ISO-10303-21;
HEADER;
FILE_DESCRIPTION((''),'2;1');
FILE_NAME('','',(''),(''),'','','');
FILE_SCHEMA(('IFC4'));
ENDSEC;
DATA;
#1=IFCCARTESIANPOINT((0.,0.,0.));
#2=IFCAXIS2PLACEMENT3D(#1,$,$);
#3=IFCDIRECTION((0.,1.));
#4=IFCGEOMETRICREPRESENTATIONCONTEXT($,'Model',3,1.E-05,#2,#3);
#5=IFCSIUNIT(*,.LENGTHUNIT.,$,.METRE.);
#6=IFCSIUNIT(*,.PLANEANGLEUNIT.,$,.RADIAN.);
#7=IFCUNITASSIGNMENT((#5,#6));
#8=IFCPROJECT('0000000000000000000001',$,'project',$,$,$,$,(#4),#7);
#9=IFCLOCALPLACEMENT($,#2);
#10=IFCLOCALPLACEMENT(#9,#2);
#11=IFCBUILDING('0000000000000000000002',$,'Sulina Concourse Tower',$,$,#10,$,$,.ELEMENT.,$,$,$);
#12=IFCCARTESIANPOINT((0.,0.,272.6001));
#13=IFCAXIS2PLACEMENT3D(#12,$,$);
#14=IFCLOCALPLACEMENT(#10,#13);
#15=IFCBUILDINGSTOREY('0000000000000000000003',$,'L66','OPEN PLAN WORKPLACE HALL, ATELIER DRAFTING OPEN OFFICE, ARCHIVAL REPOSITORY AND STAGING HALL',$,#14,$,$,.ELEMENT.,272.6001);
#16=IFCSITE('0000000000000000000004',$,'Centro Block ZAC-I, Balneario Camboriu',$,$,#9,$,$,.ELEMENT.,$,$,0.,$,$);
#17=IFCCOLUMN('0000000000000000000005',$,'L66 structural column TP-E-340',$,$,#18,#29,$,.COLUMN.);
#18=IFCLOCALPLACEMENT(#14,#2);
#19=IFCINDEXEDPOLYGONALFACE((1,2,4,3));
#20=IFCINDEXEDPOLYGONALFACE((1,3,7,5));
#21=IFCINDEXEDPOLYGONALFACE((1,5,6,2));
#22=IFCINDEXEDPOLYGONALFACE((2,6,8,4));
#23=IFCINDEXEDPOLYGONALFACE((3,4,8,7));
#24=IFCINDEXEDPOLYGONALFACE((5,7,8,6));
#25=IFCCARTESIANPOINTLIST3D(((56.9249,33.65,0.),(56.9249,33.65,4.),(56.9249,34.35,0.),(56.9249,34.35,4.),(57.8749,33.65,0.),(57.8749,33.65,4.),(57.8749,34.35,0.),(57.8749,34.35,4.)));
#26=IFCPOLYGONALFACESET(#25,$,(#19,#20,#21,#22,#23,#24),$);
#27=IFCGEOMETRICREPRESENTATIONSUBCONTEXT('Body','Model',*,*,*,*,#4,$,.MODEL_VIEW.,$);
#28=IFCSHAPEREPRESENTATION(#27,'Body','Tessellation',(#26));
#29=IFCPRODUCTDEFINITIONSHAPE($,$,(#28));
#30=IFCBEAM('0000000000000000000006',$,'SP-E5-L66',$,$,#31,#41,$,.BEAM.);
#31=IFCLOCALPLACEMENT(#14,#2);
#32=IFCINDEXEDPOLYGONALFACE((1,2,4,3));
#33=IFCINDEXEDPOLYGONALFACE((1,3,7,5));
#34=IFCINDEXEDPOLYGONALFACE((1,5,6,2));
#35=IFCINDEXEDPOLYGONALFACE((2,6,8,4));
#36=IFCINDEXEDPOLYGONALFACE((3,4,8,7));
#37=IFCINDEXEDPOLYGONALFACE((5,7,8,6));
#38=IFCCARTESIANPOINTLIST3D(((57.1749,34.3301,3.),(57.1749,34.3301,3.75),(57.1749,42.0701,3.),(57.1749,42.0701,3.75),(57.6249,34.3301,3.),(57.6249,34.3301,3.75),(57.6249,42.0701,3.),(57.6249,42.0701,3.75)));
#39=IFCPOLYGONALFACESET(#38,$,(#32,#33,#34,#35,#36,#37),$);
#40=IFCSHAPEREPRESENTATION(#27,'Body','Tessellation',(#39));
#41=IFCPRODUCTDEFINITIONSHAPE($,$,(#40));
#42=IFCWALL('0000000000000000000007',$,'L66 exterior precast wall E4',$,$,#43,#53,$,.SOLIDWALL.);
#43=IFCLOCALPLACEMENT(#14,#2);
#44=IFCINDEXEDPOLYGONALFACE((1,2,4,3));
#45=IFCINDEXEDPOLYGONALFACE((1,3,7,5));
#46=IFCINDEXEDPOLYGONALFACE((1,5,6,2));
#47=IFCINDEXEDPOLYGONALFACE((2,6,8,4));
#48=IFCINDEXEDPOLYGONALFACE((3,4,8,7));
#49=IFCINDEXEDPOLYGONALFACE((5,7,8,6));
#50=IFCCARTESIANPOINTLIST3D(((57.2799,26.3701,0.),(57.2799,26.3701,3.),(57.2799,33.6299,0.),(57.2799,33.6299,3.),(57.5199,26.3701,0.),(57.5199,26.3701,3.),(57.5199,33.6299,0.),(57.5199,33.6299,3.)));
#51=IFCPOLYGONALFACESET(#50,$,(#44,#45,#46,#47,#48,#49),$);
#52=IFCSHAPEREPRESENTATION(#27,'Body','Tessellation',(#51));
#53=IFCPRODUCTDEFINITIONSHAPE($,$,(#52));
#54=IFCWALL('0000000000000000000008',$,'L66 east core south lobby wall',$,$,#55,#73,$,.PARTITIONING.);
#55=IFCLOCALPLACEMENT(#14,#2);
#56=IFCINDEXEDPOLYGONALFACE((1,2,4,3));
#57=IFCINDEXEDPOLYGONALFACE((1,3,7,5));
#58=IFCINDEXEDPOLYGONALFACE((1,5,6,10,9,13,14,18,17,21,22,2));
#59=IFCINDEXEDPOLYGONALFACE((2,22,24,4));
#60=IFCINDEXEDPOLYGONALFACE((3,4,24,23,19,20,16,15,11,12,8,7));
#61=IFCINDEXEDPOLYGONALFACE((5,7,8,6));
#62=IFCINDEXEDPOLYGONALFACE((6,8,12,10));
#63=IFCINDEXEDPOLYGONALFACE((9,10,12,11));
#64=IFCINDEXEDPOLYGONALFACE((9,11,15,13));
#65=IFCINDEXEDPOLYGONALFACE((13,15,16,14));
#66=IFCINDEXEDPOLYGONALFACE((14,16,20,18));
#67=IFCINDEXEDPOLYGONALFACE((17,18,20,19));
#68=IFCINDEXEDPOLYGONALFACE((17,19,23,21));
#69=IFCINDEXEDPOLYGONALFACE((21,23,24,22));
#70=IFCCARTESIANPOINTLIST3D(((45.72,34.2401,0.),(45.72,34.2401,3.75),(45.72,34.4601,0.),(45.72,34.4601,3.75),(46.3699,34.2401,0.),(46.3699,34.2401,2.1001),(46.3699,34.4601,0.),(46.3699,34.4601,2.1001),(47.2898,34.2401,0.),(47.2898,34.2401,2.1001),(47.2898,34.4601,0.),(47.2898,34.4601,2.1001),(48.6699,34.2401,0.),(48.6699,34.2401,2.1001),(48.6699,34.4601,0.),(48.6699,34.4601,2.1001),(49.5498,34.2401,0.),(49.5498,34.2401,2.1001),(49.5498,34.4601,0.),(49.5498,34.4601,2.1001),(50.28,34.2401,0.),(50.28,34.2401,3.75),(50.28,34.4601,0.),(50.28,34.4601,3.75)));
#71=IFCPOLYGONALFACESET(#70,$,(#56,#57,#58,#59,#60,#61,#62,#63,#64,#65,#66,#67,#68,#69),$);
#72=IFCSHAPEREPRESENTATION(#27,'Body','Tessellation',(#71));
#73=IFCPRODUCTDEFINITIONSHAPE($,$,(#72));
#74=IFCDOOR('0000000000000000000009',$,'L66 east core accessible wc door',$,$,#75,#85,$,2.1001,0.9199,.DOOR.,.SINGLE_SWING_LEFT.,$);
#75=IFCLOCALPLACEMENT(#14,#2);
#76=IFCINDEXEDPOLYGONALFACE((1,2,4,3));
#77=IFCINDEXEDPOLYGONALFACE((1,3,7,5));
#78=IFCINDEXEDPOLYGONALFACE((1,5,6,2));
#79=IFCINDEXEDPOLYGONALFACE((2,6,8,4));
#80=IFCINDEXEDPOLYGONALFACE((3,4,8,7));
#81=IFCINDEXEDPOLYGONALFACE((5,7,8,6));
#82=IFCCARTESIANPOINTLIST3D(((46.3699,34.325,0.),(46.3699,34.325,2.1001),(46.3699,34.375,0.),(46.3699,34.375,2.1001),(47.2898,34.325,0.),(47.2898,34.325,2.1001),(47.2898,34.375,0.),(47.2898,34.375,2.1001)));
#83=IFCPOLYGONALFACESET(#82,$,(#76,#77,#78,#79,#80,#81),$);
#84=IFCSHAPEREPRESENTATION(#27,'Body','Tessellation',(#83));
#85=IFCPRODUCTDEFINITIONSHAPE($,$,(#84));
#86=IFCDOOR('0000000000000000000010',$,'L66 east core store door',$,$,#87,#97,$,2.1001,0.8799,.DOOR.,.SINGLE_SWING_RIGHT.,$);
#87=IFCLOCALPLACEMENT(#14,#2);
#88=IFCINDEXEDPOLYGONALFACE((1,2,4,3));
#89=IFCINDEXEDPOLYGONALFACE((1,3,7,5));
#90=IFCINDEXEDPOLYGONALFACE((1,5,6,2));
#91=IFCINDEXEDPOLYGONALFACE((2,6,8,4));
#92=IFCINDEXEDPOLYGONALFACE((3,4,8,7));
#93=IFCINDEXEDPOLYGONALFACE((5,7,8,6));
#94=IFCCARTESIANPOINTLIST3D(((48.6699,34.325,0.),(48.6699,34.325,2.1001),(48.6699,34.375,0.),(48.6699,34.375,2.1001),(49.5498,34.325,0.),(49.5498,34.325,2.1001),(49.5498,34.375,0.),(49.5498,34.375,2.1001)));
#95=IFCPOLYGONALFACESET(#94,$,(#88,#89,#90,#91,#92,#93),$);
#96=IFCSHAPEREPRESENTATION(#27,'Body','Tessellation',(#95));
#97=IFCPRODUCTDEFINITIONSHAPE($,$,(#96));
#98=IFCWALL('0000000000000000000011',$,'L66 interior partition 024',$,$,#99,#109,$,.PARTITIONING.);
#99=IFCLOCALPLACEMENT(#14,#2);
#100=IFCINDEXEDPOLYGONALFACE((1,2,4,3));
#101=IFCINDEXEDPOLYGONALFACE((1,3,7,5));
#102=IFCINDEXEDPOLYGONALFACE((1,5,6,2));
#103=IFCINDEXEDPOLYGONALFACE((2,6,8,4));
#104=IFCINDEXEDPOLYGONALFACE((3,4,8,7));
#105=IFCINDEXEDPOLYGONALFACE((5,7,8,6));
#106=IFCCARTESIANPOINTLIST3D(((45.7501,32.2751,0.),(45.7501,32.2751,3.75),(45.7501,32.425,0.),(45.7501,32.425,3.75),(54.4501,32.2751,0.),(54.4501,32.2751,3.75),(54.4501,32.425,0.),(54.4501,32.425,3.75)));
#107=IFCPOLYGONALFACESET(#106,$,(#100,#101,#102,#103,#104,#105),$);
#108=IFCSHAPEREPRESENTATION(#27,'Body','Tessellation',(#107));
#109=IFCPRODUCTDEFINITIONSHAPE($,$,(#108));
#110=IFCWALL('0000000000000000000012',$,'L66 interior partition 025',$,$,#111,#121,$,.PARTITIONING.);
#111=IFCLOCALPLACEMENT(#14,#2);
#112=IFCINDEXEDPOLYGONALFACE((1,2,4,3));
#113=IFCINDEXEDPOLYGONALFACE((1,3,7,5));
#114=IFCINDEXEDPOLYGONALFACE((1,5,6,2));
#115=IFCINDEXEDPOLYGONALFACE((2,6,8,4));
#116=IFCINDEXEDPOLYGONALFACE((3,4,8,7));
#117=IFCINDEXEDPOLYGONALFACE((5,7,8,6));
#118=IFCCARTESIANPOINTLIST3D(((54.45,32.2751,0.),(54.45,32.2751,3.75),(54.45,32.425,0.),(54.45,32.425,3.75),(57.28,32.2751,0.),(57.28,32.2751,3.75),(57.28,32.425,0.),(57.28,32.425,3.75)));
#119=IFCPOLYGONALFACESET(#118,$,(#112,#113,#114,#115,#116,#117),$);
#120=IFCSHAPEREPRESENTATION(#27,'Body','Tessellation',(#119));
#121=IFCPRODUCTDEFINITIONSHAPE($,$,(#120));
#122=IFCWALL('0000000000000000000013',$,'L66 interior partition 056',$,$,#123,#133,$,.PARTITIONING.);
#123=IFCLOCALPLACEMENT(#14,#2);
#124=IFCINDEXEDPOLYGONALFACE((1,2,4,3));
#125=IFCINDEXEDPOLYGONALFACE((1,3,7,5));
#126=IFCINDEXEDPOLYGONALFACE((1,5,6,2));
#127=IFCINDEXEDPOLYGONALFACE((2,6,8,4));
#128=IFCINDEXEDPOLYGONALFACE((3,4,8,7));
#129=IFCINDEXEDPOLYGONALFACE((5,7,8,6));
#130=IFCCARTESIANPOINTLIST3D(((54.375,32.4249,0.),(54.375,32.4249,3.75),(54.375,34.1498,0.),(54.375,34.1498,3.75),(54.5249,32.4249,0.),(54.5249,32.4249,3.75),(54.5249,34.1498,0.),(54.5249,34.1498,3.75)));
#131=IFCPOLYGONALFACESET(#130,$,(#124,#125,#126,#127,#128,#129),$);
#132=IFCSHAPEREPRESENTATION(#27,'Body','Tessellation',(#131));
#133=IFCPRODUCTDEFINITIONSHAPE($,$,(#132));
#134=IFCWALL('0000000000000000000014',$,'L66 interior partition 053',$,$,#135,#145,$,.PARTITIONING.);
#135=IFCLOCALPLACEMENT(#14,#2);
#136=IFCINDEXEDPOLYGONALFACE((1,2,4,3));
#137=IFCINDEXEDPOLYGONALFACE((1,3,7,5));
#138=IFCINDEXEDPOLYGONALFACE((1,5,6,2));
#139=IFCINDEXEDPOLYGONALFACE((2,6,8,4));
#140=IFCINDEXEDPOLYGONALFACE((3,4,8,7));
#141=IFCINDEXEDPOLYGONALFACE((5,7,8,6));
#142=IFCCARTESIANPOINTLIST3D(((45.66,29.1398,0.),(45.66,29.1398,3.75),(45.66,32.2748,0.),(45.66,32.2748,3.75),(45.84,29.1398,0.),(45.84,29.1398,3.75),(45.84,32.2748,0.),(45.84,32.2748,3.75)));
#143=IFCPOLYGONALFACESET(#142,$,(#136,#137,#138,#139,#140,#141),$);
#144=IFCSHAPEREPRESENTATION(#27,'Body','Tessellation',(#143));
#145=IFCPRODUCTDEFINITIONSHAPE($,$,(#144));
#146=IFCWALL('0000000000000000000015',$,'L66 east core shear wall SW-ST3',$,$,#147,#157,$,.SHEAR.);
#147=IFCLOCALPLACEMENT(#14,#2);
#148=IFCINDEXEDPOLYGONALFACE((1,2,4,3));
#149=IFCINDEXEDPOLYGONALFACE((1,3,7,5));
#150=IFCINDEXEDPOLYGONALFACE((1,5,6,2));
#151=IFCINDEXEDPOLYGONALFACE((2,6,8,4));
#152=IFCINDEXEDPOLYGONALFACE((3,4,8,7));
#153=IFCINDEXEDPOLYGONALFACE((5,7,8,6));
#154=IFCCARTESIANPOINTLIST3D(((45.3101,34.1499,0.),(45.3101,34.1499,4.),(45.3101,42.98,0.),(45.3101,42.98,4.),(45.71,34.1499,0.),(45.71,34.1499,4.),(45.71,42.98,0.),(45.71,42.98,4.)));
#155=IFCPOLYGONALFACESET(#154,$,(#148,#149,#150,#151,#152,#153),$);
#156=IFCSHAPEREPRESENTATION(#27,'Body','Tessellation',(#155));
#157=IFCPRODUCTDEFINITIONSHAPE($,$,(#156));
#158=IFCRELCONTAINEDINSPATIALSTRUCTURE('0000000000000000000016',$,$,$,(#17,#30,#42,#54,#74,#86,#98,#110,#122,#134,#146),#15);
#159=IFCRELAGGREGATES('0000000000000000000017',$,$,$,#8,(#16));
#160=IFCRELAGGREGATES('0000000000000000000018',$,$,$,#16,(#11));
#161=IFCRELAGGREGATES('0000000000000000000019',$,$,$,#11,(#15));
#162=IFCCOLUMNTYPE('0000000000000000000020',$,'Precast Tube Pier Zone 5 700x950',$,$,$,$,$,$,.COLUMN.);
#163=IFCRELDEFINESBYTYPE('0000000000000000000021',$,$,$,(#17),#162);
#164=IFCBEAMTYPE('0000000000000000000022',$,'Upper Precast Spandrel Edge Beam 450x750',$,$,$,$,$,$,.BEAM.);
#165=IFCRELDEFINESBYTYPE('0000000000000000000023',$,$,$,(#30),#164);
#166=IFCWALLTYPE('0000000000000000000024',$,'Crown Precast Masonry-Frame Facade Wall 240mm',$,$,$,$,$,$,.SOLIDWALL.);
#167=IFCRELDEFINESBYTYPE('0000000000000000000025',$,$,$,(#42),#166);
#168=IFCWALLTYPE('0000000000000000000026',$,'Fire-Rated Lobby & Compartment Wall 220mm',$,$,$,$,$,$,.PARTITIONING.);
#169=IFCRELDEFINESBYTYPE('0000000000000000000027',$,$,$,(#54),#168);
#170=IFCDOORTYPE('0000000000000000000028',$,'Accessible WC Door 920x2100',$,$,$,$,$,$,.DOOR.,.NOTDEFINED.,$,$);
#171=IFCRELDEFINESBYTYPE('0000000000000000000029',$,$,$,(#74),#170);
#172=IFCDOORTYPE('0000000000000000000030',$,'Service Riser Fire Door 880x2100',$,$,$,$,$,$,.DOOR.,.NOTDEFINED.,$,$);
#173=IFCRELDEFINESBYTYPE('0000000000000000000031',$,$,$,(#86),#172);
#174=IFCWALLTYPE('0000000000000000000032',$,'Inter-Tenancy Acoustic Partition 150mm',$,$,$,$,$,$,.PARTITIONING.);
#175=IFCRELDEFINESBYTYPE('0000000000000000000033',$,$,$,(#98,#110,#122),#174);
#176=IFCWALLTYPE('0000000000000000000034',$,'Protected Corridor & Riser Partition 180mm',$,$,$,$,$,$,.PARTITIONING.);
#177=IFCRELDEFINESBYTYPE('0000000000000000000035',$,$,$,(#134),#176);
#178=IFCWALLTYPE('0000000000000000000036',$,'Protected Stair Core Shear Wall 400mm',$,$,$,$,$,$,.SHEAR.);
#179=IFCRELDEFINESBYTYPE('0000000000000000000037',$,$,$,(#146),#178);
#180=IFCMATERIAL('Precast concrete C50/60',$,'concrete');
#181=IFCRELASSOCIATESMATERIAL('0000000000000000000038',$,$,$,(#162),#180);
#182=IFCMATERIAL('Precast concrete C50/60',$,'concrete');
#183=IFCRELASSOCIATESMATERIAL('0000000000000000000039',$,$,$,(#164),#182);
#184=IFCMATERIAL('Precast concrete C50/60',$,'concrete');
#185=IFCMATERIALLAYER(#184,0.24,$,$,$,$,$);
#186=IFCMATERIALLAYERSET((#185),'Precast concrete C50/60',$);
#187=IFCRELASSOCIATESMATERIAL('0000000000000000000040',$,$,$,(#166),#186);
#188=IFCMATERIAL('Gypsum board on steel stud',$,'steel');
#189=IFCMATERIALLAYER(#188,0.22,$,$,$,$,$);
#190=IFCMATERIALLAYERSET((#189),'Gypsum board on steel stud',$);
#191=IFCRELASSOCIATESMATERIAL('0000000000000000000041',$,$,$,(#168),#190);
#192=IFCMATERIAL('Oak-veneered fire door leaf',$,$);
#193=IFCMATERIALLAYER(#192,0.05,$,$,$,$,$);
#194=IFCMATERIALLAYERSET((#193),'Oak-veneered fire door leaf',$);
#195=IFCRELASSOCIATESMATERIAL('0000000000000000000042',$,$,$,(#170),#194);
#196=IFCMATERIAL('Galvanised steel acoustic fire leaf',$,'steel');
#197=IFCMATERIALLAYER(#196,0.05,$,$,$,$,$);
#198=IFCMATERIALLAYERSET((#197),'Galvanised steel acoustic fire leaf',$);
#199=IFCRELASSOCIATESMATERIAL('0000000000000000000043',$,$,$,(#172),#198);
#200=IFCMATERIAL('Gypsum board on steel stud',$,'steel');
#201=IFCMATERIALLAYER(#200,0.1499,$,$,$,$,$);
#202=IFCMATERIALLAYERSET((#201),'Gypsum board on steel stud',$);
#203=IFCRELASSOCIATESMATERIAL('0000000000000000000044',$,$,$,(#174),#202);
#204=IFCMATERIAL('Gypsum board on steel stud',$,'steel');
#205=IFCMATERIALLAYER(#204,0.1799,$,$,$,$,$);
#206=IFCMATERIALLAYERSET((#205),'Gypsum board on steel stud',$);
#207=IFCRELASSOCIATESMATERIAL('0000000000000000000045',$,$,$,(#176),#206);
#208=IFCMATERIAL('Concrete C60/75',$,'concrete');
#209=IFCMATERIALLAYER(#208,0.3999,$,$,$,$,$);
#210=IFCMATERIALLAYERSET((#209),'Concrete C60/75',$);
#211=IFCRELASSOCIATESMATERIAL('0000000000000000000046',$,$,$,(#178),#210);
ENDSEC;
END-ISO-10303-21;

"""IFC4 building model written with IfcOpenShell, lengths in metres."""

from ifc_helpers import new_model, si_unit, direction, frame, frame_2d, origin, origin_2d, place, context, subcontext, project, spatial, rectangle, extrude, material, layer, layer_set, material_profile, profile_set, type_object, element, fill, save


model = new_model("IFC4")

# Units and contexts
model_context = context("Model", 3, precision=1e-05, world=origin(), true_north=direction((0.0, 1.0)))
body_context = subcontext(model_context, "Body", "Model", "MODEL_VIEW")
ifc_project = project(units=[si_unit("LENGTHUNIT", "METRE"), si_unit("PLANEANGLEUNIT", "RADIAN")], contexts=[model_context])

# Site, building, storey
site_placement = place(None, origin())
site = spatial("IfcSite", under=ifc_project, at=site_placement, Name="Centro Block ZAC-I, Balneario Camboriu", CompositionType="ELEMENT", RefElevation=0.0)
building_placement = place(site_placement, origin())
building = spatial("IfcBuilding", under=site, at=building_placement, Name="Sulina Concourse Tower", CompositionType="ELEMENT")
storey_placement = place(building_placement, frame((0.0, 0.0, 272.6001)))
storey = spatial("IfcBuildingStorey", under=building, at=storey_placement, Name="L66", Description="OPEN PLAN WORKPLACE HALL, ATELIER DRAFTING OPEN OFFICE, ARCHIVAL REPOSITORY AND STAGING HALL", CompositionType="ELEMENT", Elevation=272.6001)

# Column
ifc_material_1 = material(Name="Precast concrete C50/60", Category="concrete")
ifc_material_profile_1 = material_profile(ifc_material_1, rectangle(XDim=0.7, YDim=0.95, at=origin_2d()), Name="PC 700x950")
ifc_profile_set_1 = profile_set([ifc_material_profile_1], Name="Precast concrete C50/60")
column_type = type_object("IfcColumnType", Name="Precast Tube Pier Zone 5 700x950", PredefinedType="COLUMN", material=ifc_profile_set_1)
column_placement = place(storey_placement, frame((57.3999, 34.0, 0.0), z_axis=(0.0, 0.0, 1.0), x_axis=(0.0, 1.0, 0.0)))
element("IfcColumn", 1, at=column_placement, inside=storey, type_object=column_type, Name="L66 structural column TP-E-340", PredefinedType="COLUMN", context=body_context, shape_type="SweptSolid", body=[
    extrude(rectangle(XDim=0.7, YDim=0.95, at=origin_2d()), origin(), (0.0, 0.0, 1.0), 4.0),
])

# Beam
ifc_material_2 = material(Name="Precast concrete C50/60", Category="concrete")
ifc_material_profile_2 = material_profile(ifc_material_2, rectangle(XDim=0.45, YDim=0.75, at=origin_2d()), Name="RC 450x750")
ifc_profile_set_2 = profile_set([ifc_material_profile_2], Name="Precast concrete C50/60")
beam_type = type_object("IfcBeamType", Name="Upper Precast Spandrel Edge Beam 450x750", PredefinedType="BEAM", material=ifc_profile_set_2)
beam_placement = place(storey_placement, frame((57.3999, 34.3301, 3.375), z_axis=(0.0, 1.0, 0.0), x_axis=(-1.0, 0.0, 0.0)))
element("IfcBeam", 2, at=beam_placement, inside=storey, type_object=beam_type, Name="SP-E5-L66", PredefinedType="BEAM", context=body_context, shape_type="SweptSolid", body=[
    extrude(rectangle(XDim=0.45, YDim=0.75, at=origin_2d()), origin(), (0.0, 0.0, 1.0), 7.74),
])

# Wall
ifc_material_3 = material(Name="Precast concrete C50/60", Category="concrete")
ifc_layer_1 = layer(ifc_material_3, 0.24)
ifc_layer_set_1 = layer_set([ifc_layer_1], Name="Precast concrete C50/60")
wall_type_1 = type_object("IfcWallType", Name="Crown Precast Masonry-Frame Facade Wall 240mm", PredefinedType="SOLIDWALL", material=ifc_layer_set_1)
wall_1_placement = place(storey_placement, frame((57.3999, 33.6299, 0.0), z_axis=(0.0, 0.0, 1.0), x_axis=(0.0, -1.0, 0.0)))
element("IfcWall", 3, at=wall_1_placement, inside=storey, type_object=wall_type_1, Name="L66 exterior precast wall E4", PredefinedType="SOLIDWALL", context=body_context, shape_type="SweptSolid", body=[
    extrude(rectangle(XDim=7.2598, YDim=0.24, at=frame_2d((3.6299, 0.0))), origin(), (0.0, 0.0, 1.0), 3.0),
])

# Wall, openings, doors
ifc_material_4 = material(Name="Gypsum board on steel stud", Category="steel")
ifc_layer_2 = layer(ifc_material_4, 0.22)
ifc_layer_set_2 = layer_set([ifc_layer_2], Name="Gypsum board on steel stud")
wall_type_2 = type_object("IfcWallType", Name="Fire-Rated Lobby & Compartment Wall 220mm", PredefinedType="PARTITIONING", material=ifc_layer_set_2)
wall_2_placement = place(storey_placement, frame((45.72, 34.3501, 0.0), z_axis=(0.0, 0.0, 1.0), x_axis=(1.0, 0.0, 0.0)))
wall_2 = element("IfcWall", 4, at=wall_2_placement, inside=storey, type_object=wall_type_2, Name="L66 east core south lobby wall", PredefinedType="PARTITIONING", context=body_context, shape_type="SweptSolid", body=[
    extrude(rectangle(XDim=4.5601, YDim=0.22, at=frame_2d((2.28, 0.0))), origin(), (0.0, 0.0, 1.0), 3.75),
])
opening_1_placement = place(wall_2_placement, frame((0.6499, 0.0, 0.0)))
opening_1 = element("IfcOpeningElement", 5, at=opening_1_placement, cuts=wall_2, PredefinedType="OPENING", context=body_context, shape_type="SweptSolid", body=[
    extrude(rectangle(XDim=0.9199, YDim=2.1001, at=frame_2d((0.46, 1.05))), frame((0.0, 0.1199, 0.0), z_axis=(0.0, -1.0, 0.0), x_axis=(1.0, 0.0, 0.0)), (0.0, 0.0, 1.0), 0.24),
])
opening_2_placement = place(wall_2_placement, frame((2.95, 0.0, 0.0)))
opening_2 = element("IfcOpeningElement", 6, at=opening_2_placement, cuts=wall_2, PredefinedType="OPENING", context=body_context, shape_type="SweptSolid", body=[
    extrude(rectangle(XDim=0.8799, YDim=2.1001, at=frame_2d((0.4399, 1.05))), frame((0.0, 0.1199, 0.0), z_axis=(0.0, -1.0, 0.0), x_axis=(1.0, 0.0, 0.0)), (0.0, 0.0, 1.0), 0.24),
])
ifc_material_5 = material(Name="Oak-veneered fire door leaf")
ifc_layer_3 = layer(ifc_material_5, 0.05)
ifc_layer_set_3 = layer_set([ifc_layer_3], Name="Oak-veneered fire door leaf")
door_type_1 = type_object("IfcDoorType", Name="Accessible WC Door 920x2100", OperationType="NOTDEFINED", PredefinedType="DOOR", material=ifc_layer_set_3)
door_1_placement = place(opening_1_placement, origin())
door_1 = element("IfcDoor", 7, at=door_1_placement, inside=storey, type_object=door_type_1, Name="L66 east core accessible wc door", OperationType="SINGLE_SWING_LEFT", OverallHeight=2.1001, OverallWidth=0.9199, PredefinedType="DOOR", context=body_context, shape_type="SweptSolid", body=[
    extrude(rectangle(XDim=0.9199, YDim=2.1001, at=frame_2d((0.46, 1.05))), frame((0.0, 0.0249, 0.0), z_axis=(0.0, -1.0, 0.0), x_axis=(1.0, 0.0, 0.0)), (0.0, 0.0, 1.0), 0.05),
])
fill(opening_1, door_1)
ifc_material_6 = material(Name="Galvanised steel acoustic fire leaf", Category="steel")
ifc_layer_4 = layer(ifc_material_6, 0.05)
ifc_layer_set_4 = layer_set([ifc_layer_4], Name="Galvanised steel acoustic fire leaf")
door_type_2 = type_object("IfcDoorType", Name="Service Riser Fire Door 880x2100", OperationType="NOTDEFINED", PredefinedType="DOOR", material=ifc_layer_set_4)
door_2_placement = place(opening_2_placement, origin())
door_2 = element("IfcDoor", 8, at=door_2_placement, inside=storey, type_object=door_type_2, Name="L66 east core store door", OperationType="SINGLE_SWING_RIGHT", OverallHeight=2.1001, OverallWidth=0.8799, PredefinedType="DOOR", context=body_context, shape_type="SweptSolid", body=[
    extrude(rectangle(XDim=0.8799, YDim=2.1001, at=frame_2d((0.4399, 1.05))), frame((0.0, 0.0249, 0.0), z_axis=(0.0, -1.0, 0.0), x_axis=(1.0, 0.0, 0.0)), (0.0, 0.0, 1.0), 0.05),
])
fill(opening_2, door_2)

# Walls
ifc_material_7 = material(Name="Gypsum board on steel stud", Category="steel")
ifc_layer_5 = layer(ifc_material_7, 0.1499)
ifc_layer_set_5 = layer_set([ifc_layer_5], Name="Gypsum board on steel stud")
wall_type_3 = type_object("IfcWallType", Name="Inter-Tenancy Acoustic Partition 150mm", PredefinedType="PARTITIONING", material=ifc_layer_set_5)
wall_3_placement = place(storey_placement, frame((45.75, 32.3501, 0.0), z_axis=(0.0, 0.0, 1.0), x_axis=(1.0, 0.0, 0.0)))
element("IfcWall", 9, at=wall_3_placement, inside=storey, type_object=wall_type_3, Name="L66 interior partition 024", PredefinedType="PARTITIONING", context=body_context, shape_type="SweptSolid", body=[
    extrude(rectangle(XDim=8.7, YDim=0.1499, at=frame_2d((4.3501, 0.0))), origin(), (0.0, 0.0, 1.0), 3.75),
])
wall_4_placement = place(storey_placement, frame((54.45, 32.3501, 0.0), z_axis=(0.0, 0.0, 1.0), x_axis=(1.0, 0.0, 0.0)))
element("IfcWall", 10, at=wall_4_placement, inside=storey, type_object=wall_type_3, Name="L66 interior partition 025", PredefinedType="PARTITIONING", context=body_context, shape_type="SweptSolid", body=[
    extrude(rectangle(XDim=2.8301, YDim=0.1499, at=frame_2d((1.415, 0.0))), origin(), (0.0, 0.0, 1.0), 3.75),
])
wall_5_placement = place(storey_placement, frame((54.45, 32.425, 0.0), z_axis=(0.0, 0.0, 1.0), x_axis=(0.0, 1.0, 0.0)))
element("IfcWall", 11, at=wall_5_placement, inside=storey, type_object=wall_type_3, Name="L66 interior partition 056", PredefinedType="PARTITIONING", context=body_context, shape_type="SweptSolid", body=[
    extrude(rectangle(XDim=1.7249, YDim=0.1499, at=frame_2d((0.8623, 0.0))), origin(), (0.0, 0.0, 1.0), 3.75),
])
ifc_material_8 = material(Name="Gypsum board on steel stud", Category="steel")
ifc_layer_6 = layer(ifc_material_8, 0.1799)
ifc_layer_set_6 = layer_set([ifc_layer_6], Name="Gypsum board on steel stud")
wall_type_4 = type_object("IfcWallType", Name="Protected Corridor & Riser Partition 180mm", PredefinedType="PARTITIONING", material=ifc_layer_set_6)
wall_6_placement = place(storey_placement, frame((45.75, 29.1399, 0.0), z_axis=(0.0, 0.0, 1.0), x_axis=(0.0, 1.0, 0.0)))
element("IfcWall", 12, at=wall_6_placement, inside=storey, type_object=wall_type_4, Name="L66 interior partition 053", PredefinedType="PARTITIONING", context=body_context, shape_type="SweptSolid", body=[
    extrude(rectangle(XDim=3.135, YDim=0.1799, at=frame_2d((1.5674, 0.0))), origin(), (0.0, 0.0, 1.0), 3.75),
])
ifc_material_9 = material(Name="Concrete C60/75", Category="concrete")
ifc_layer_7 = layer(ifc_material_9, 0.3999)
ifc_layer_set_7 = layer_set([ifc_layer_7], Name="Concrete C60/75")
wall_type_5 = type_object("IfcWallType", Name="Protected Stair Core Shear Wall 400mm", PredefinedType="SHEAR", material=ifc_layer_set_7)
wall_7_placement = place(storey_placement, frame((45.51, 34.1499, 0.0), z_axis=(0.0, 0.0, 1.0), x_axis=(0.0, 1.0, 0.0)))
element("IfcWall", 13, at=wall_7_placement, inside=storey, type_object=wall_type_5, Name="L66 east core shear wall SW-ST3", PredefinedType="SHEAR", context=body_context, shape_type="SweptSolid", body=[
    extrude(rectangle(XDim=8.8301, YDim=0.3999, at=frame_2d((4.415, 0.0))), origin(), (0.0, 0.0, 1.0), 4.0),
])

save(model, "model.ifc")
